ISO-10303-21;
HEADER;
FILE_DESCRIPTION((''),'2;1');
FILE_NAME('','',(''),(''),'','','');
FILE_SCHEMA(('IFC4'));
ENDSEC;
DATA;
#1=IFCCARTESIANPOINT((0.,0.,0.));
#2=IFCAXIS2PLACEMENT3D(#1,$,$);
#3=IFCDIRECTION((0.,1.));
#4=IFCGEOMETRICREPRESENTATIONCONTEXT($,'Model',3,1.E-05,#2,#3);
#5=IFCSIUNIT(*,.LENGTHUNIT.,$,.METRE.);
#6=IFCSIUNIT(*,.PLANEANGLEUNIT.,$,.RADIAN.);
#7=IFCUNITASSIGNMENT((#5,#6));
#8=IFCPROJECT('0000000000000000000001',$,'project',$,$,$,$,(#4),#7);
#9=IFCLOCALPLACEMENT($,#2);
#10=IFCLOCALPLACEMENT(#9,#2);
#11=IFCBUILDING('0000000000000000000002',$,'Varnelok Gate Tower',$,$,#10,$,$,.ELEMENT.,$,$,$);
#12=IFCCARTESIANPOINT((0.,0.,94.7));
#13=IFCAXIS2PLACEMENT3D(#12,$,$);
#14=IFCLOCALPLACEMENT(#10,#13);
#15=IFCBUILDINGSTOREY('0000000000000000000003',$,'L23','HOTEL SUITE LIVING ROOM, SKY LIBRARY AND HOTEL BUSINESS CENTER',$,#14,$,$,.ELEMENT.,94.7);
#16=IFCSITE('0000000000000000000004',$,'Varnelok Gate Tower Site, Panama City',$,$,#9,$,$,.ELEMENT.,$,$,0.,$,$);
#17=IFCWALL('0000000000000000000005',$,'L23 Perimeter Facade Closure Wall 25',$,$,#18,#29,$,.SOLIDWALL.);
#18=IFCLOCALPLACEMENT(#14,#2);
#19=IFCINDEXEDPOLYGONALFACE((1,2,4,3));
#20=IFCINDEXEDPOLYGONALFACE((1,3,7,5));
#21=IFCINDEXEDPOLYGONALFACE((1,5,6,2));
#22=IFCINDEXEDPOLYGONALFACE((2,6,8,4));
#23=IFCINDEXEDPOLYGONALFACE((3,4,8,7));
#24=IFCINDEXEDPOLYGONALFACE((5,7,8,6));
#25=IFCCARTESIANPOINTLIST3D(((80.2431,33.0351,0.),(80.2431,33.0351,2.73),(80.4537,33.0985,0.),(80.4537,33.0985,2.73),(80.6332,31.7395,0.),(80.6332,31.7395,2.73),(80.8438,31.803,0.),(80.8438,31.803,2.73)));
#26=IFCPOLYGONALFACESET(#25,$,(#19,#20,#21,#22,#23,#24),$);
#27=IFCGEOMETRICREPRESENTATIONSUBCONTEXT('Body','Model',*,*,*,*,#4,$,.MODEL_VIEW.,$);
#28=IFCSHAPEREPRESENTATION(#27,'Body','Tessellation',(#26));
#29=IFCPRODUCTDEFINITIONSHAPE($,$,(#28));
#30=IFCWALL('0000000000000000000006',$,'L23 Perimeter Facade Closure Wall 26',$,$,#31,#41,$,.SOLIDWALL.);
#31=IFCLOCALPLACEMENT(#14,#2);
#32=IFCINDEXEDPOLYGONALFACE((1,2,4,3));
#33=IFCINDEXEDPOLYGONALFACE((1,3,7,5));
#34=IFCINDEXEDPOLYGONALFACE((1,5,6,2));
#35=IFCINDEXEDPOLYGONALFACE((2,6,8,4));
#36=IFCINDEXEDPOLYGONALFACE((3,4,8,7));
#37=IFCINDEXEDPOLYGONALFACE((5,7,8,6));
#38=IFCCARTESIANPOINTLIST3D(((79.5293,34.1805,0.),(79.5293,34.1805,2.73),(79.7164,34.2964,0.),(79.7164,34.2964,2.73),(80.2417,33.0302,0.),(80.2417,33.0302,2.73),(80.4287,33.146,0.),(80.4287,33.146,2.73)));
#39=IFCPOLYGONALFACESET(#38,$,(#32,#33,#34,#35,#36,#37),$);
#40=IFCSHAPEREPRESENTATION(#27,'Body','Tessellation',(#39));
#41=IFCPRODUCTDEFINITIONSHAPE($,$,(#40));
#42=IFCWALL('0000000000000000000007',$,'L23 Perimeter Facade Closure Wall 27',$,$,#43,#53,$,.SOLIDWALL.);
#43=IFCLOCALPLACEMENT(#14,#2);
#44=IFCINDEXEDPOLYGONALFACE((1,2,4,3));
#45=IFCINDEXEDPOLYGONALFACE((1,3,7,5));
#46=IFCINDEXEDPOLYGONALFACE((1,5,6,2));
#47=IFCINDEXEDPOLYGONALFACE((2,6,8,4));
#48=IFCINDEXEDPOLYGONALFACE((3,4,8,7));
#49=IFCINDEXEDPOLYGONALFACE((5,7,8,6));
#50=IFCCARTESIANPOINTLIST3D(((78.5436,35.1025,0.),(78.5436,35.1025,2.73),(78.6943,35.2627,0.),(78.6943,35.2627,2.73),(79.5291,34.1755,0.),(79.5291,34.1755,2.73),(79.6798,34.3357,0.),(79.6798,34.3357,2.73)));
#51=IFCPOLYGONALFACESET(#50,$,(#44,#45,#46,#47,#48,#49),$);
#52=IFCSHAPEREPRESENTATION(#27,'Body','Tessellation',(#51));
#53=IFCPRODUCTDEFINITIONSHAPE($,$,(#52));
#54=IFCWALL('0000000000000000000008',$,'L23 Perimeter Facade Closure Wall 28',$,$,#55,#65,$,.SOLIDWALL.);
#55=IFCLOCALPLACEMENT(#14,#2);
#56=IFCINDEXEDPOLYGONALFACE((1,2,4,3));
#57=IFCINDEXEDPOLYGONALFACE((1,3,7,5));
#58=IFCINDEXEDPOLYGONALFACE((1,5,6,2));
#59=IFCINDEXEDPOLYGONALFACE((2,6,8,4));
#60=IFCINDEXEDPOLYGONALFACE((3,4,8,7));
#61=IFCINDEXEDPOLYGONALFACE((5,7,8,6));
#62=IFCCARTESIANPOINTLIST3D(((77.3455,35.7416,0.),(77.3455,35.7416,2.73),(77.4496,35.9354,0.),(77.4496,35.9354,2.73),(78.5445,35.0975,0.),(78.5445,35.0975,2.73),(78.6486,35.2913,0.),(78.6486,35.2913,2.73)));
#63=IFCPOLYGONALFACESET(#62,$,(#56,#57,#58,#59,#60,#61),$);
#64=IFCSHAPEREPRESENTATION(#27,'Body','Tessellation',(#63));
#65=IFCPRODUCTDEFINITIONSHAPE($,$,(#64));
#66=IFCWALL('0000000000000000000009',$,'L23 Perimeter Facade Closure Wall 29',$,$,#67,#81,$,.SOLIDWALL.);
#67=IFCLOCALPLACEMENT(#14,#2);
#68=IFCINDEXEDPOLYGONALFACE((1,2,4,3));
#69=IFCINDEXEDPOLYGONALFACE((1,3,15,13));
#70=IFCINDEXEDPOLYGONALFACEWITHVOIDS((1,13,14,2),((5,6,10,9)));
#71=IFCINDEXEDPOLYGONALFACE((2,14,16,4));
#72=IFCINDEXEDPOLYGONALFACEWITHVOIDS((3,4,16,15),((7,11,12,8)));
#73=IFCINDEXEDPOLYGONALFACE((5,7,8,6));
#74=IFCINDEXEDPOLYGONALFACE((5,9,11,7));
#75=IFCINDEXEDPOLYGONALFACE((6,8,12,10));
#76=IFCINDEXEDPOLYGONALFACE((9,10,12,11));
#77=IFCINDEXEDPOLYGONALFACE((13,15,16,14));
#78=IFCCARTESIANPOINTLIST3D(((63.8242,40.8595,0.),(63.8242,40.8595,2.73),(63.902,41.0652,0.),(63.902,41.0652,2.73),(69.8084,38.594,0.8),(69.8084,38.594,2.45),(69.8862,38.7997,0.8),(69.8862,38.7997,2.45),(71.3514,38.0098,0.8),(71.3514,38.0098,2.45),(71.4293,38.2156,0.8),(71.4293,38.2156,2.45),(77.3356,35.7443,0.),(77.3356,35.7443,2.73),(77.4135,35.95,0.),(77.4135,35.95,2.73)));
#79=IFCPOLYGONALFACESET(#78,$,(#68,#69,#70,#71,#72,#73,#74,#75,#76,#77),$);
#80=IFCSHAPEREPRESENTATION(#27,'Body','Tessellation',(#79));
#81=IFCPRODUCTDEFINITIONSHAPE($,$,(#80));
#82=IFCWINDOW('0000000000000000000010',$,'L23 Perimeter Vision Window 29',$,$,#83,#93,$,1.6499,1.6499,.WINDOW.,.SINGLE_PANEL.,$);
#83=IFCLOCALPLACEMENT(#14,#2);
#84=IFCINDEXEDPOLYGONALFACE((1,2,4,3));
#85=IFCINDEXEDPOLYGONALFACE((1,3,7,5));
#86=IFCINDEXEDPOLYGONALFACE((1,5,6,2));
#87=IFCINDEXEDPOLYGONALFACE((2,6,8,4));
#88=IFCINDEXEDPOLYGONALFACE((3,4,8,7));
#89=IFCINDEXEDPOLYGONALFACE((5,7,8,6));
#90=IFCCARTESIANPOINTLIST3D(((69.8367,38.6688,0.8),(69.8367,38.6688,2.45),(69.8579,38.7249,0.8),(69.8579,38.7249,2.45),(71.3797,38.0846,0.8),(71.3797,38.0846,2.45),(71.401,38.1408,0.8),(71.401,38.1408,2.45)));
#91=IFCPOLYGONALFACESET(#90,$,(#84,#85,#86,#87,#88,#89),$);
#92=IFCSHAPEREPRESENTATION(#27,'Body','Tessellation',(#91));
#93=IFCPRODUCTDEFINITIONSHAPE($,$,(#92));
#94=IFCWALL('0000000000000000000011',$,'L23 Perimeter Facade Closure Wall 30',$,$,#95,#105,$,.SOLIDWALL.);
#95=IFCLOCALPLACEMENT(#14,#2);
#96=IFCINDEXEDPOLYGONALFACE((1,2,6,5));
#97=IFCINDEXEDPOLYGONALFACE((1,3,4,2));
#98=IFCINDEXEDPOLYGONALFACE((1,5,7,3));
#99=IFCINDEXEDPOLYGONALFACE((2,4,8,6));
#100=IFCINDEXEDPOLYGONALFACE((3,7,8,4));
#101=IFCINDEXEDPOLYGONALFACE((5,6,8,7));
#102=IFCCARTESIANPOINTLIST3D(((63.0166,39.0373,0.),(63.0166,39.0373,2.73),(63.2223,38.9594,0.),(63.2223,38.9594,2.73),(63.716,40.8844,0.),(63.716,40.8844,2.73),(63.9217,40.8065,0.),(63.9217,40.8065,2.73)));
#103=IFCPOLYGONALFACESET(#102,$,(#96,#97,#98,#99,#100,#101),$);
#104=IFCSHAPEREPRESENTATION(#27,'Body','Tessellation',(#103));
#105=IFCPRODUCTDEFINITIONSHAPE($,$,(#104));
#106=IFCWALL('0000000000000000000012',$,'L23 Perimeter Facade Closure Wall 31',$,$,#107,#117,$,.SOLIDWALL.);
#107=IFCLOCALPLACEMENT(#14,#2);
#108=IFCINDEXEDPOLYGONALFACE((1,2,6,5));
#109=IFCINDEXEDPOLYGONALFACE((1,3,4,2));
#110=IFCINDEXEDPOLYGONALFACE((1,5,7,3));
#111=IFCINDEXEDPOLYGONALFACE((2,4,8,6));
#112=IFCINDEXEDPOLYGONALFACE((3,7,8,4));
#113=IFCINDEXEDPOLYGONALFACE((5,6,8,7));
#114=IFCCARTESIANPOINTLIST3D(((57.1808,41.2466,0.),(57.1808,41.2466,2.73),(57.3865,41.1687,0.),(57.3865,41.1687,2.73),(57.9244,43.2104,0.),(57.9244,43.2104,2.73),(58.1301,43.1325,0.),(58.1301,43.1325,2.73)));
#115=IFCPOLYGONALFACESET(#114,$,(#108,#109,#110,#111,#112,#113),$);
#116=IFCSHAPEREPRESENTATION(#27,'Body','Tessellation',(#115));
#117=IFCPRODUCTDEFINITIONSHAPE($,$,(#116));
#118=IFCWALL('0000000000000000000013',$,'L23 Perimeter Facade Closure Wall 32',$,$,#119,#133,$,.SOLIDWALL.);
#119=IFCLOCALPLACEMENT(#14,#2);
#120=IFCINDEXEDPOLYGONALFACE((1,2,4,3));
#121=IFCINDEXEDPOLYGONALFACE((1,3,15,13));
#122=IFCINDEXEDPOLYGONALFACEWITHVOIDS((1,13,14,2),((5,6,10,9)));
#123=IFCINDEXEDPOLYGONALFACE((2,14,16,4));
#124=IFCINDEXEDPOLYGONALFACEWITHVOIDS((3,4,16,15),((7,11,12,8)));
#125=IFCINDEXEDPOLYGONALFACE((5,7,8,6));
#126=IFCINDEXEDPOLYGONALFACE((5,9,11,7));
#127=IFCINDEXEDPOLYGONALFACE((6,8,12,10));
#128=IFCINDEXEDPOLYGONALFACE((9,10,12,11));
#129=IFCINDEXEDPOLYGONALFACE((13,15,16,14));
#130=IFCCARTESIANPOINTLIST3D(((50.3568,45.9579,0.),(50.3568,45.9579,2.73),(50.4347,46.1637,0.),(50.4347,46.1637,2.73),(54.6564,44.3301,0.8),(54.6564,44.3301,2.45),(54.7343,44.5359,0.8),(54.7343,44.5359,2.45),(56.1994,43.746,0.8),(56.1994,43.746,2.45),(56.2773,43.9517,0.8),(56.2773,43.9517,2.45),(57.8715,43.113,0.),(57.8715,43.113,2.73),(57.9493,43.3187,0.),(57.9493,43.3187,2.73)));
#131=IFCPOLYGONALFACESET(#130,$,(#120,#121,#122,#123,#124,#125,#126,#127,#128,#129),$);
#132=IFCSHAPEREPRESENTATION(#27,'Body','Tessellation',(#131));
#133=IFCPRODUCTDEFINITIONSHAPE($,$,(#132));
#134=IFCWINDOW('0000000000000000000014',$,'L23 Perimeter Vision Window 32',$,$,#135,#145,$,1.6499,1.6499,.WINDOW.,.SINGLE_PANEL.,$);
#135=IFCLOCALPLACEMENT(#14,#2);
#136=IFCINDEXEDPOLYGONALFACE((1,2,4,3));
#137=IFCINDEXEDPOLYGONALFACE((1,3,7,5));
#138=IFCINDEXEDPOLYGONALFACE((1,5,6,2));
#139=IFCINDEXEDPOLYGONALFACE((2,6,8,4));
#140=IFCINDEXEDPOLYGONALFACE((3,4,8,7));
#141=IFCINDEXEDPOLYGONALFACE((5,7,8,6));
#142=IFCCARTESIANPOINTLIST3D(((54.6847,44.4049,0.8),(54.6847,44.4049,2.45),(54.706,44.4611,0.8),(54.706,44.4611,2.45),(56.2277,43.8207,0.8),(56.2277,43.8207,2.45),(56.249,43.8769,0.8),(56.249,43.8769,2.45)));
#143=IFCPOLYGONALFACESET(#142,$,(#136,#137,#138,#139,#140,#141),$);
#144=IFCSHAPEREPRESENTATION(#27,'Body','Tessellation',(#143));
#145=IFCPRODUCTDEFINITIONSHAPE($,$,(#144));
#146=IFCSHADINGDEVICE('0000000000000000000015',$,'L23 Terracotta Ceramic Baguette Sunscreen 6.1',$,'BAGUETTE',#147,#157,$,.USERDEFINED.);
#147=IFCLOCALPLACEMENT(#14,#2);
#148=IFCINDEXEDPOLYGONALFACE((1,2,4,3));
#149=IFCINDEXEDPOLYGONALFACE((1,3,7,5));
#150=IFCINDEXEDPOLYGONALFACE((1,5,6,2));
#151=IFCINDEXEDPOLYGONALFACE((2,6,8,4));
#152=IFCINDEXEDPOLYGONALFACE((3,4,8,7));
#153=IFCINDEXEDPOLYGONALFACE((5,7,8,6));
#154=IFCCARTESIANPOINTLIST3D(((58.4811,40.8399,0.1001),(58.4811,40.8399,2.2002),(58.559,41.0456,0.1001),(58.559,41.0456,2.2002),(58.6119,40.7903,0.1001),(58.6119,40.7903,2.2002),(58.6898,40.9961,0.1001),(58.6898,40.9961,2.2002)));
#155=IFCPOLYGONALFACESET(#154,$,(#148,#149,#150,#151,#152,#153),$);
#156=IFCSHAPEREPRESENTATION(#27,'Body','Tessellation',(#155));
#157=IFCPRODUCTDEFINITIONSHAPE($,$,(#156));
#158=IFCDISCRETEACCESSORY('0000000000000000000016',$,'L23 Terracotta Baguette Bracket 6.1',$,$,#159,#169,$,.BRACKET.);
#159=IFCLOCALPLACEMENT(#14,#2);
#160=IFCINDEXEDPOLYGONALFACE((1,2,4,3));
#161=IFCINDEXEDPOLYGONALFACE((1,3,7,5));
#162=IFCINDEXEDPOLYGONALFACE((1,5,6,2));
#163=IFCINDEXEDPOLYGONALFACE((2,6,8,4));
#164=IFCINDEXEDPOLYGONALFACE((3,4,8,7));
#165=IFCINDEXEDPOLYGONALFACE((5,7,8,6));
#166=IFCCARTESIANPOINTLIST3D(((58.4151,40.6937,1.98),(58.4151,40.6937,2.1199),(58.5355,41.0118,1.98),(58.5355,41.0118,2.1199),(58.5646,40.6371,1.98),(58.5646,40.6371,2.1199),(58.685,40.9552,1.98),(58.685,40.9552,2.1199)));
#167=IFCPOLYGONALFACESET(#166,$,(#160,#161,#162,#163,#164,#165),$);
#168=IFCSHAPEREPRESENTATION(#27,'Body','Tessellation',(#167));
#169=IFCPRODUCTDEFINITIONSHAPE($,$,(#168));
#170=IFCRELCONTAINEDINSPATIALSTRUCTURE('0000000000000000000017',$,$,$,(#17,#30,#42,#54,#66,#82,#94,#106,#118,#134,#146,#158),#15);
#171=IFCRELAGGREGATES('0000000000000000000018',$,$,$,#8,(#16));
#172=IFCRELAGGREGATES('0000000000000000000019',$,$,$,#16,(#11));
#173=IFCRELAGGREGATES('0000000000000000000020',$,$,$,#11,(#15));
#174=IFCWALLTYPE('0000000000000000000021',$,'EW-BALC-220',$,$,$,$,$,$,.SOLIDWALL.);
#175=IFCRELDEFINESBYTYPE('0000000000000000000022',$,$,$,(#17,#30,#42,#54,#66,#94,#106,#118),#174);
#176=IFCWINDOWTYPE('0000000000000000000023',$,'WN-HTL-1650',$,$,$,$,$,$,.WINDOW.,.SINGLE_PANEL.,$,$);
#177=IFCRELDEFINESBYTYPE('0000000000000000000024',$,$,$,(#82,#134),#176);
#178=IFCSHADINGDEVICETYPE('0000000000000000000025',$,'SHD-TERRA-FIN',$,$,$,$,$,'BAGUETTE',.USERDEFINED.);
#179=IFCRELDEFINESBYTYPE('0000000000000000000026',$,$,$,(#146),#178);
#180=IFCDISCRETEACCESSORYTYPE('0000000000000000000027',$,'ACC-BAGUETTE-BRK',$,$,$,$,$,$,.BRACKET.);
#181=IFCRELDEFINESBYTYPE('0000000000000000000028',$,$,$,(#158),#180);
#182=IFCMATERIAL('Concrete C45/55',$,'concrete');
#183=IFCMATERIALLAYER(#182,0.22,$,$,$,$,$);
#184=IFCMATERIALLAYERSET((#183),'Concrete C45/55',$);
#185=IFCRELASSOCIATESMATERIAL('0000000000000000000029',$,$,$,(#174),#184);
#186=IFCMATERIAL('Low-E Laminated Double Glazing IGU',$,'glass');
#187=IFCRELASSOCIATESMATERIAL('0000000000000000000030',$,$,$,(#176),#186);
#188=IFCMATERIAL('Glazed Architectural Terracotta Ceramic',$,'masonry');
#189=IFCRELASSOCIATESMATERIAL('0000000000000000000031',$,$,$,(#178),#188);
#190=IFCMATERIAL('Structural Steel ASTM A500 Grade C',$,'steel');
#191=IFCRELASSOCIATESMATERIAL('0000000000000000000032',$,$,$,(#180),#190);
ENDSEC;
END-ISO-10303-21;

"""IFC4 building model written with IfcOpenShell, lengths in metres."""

from ifc_helpers import new_model, si_unit, direction, frame, frame_2d, origin, origin_2d, place, context, subcontext, project, spatial, rectangle, extrude, source, transform, mapped, material, layer, layer_set, type_object, element, fill, save


model = new_model("IFC4")

# Units and contexts
model_context = context("Model", 3, precision=1e-05, world=origin(), true_north=direction((0.0, 1.0)))
body_context = subcontext(model_context, "Body", "Model", "MODEL_VIEW")
ifc_project = project(units=[si_unit("LENGTHUNIT", "METRE"), si_unit("PLANEANGLEUNIT", "RADIAN")], contexts=[model_context])

# Site, building, storey
site_placement = place(None, origin())
site = spatial("IfcSite", under=ifc_project, at=site_placement, Name="Varnelok Gate Tower Site, Panama City", CompositionType="ELEMENT", RefElevation=0.0)
building_placement = place(site_placement, origin())
building = spatial("IfcBuilding", under=site, at=building_placement, Name="Varnelok Gate Tower", CompositionType="ELEMENT")
storey_placement = place(building_placement, frame((0.0, 0.0, 94.7)))
storey = spatial("IfcBuildingStorey", under=building, at=storey_placement, Name="L23", Description="HOTEL SUITE LIVING ROOM, SKY LIBRARY AND HOTEL BUSINESS CENTER", CompositionType="ELEMENT", Elevation=94.7)

# Shared definitions
ifc_material_1 = material(Name="Concrete C45/55", Category="concrete")
ifc_layer_1 = layer(ifc_material_1, 0.22)
ifc_layer_set_1 = layer_set([ifc_layer_1], Name="Concrete C45/55")
wall_type = type_object("IfcWallType", Name="EW-BALC-220", PredefinedType="SOLIDWALL", material=ifc_layer_set_1)

# Walls
for number, where, z_axis, x_axis, name in (
    (1, (80.7385, 31.7712, 0.0), (0.0, 0.0, 1.0), (-0.288324, 0.957533, 0.0), "L23 Perimeter Facade Closure Wall 25"),
    (2, (80.3352, 33.0881, 0.0), (0.0, 0.0, 1.0), (-0.526491, 0.850181, 0.0), "L23 Perimeter Facade Closure Wall 26"),
    (3, (79.6045, 34.2556, 0.0), (0.0, 0.0, 1.0), (-0.728428, 0.685123, 0.0), "L23 Perimeter Facade Closure Wall 27"),
):
    element("IfcWall", number, at=place(storey_placement, frame(where, z_axis=z_axis, x_axis=x_axis)), inside=storey, type_object=wall_type, Name=name, PredefinedType="SOLIDWALL", context=body_context, shape_type="SweptSolid", body=[
        extrude(rectangle(XDim=1.353, YDim=0.22, at=frame_2d((0.6765, 0.0))), origin(), (0.0, 0.0, 1.0), 2.73),
    ])
wall_1_placement = place(storey_placement, frame((78.5967, 35.1943, 0.0), z_axis=(0.0, 0.0, 1.0), x_axis=(-0.880949, 0.473212, 0.0)))
element("IfcWall", 4, at=wall_1_placement, inside=storey, type_object=wall_type, Name="L23 Perimeter Facade Closure Wall 28", PredefinedType="SOLIDWALL", context=body_context, shape_type="SweptSolid", body=[
    extrude(rectangle(XDim=1.3611, YDim=0.22, at=frame_2d((0.6807, 0.0))), origin(), (0.0, 0.0, 1.0), 2.73),
])

# Wall, opening, window
wall_2_placement = place(storey_placement, frame((77.3745, 35.8472, 0.0), z_axis=(0.0, 0.0, 1.0), x_axis=(-0.935222, 0.354061, 0.0)))
wall_2 = element("IfcWall", 5, at=wall_2_placement, inside=storey, type_object=wall_type, Name="L23 Perimeter Facade Closure Wall 29", PredefinedType="SOLIDWALL", context=body_context, shape_type="SweptSolid", body=[
    extrude(rectangle(XDim=14.4473, YDim=0.22, at=frame_2d((7.2236, 0.0))), origin(), (0.0, 0.0, 1.0), 2.73),
])
opening_1_placement = place(wall_2_placement, frame((6.3987, 0.0, 0.8)))
opening_1 = element("IfcOpeningElement", 6, at=opening_1_placement, cuts=wall_2, PredefinedType="OPENING", context=body_context, shape_type="SweptSolid", body=[
    extrude(rectangle(XDim=1.6499, YDim=1.6499, at=frame_2d((0.825, 0.825))), frame((0.0, 0.1199, 0.0), z_axis=(0.0, -1.0, 0.0), x_axis=(1.0, 0.0, 0.0)), (0.0, 0.0, 1.0), 0.24),
])
ifc_material_2 = material(Name="Low-E Laminated Double Glazing IGU", Category="glass")
window_type = type_object("IfcWindowType", Name="WN-HTL-1650", PartitioningType="SINGLE_PANEL", PredefinedType="WINDOW", material=ifc_material_2)
window_1_placement = place(opening_1_placement, origin())
window_1 = element("IfcWindow", 7, at=window_1_placement, inside=storey, type_object=window_type, Name="L23 Perimeter Vision Window 29", OverallHeight=1.6499, OverallWidth=1.6499, PartitioningType="SINGLE_PANEL", PredefinedType="WINDOW", context=body_context, shape_type="SweptSolid", body=[
    extrude(rectangle(XDim=1.6499, YDim=1.6499, at=frame_2d((0.825, 0.825))), frame((0.0, 0.03, 0.0), z_axis=(0.0, -1.0, 0.0), x_axis=(1.0, 0.0, 0.0)), (0.0, 0.0, 1.0), 0.0601),
])
fill(opening_1, window_1)

# Walls
wall_3_placement = place(storey_placement, frame((63.8188, 40.8455, 0.0), z_axis=(0.0, 0.0, 1.0), x_axis=(-0.354129, -0.935197, 0.0)))
element("IfcWall", 8, at=wall_3_placement, inside=storey, type_object=wall_type, Name="L23 Perimeter Facade Closure Wall 30", PredefinedType="SOLIDWALL", context=body_context, shape_type="SweptSolid", body=[
    extrude(rectangle(XDim=1.9751, YDim=0.22, at=frame_2d((0.9875, 0.0))), origin(), (0.0, 0.0, 1.0), 2.73),
])
wall_4_placement = place(storey_placement, frame((57.2837, 41.2078, 0.0), z_axis=(0.0, 0.0, 1.0), x_axis=(0.354128, 0.935197, 0.0)))
element("IfcWall", 9, at=wall_4_placement, inside=storey, type_object=wall_type, Name="L23 Perimeter Facade Closure Wall 31", PredefinedType="SOLIDWALL", context=body_context, shape_type="SweptSolid", body=[
    extrude(rectangle(XDim=2.0999, YDim=0.22, at=frame_2d((1.0498, 0.0))), origin(), (0.0, 0.0, 1.0), 2.73),
])

# Wall, opening, window
wall_5_placement = place(storey_placement, frame((57.9104, 43.2158, 0.0), z_axis=(0.0, 0.0, 1.0), x_axis=(-0.935221, 0.354065, 0.0)))
wall_5 = element("IfcWall", 10, at=wall_5_placement, inside=storey, type_object=wall_type, Name="L23 Perimeter Facade Closure Wall 32", PredefinedType="SOLIDWALL", context=body_context, shape_type="SweptSolid", body=[
    extrude(rectangle(XDim=8.0352, YDim=0.22, at=frame_2d((4.0176, 0.0))), origin(), (0.0, 0.0, 1.0), 2.73),
])
opening_2_placement = place(wall_5_placement, frame((1.7878, 0.0, 0.8)))
opening_2 = element("IfcOpeningElement", 11, at=opening_2_placement, cuts=wall_5, PredefinedType="OPENING", context=body_context, shape_type="SweptSolid", body=[
    extrude(rectangle(XDim=1.6499, YDim=1.6499, at=frame_2d((0.825, 0.825))), frame((0.0, 0.1199, 0.0), z_axis=(0.0, -1.0, 0.0), x_axis=(1.0, 0.0, 0.0)), (0.0, 0.0, 1.0), 0.24),
])
window_2_placement = place(opening_2_placement, origin())
window_2 = element("IfcWindow", 12, at=window_2_placement, inside=storey, type_object=window_type, Name="L23 Perimeter Vision Window 32", OverallHeight=1.6499, OverallWidth=1.6499, PartitioningType="SINGLE_PANEL", PredefinedType="WINDOW", context=body_context, shape_type="SweptSolid", body=[
    extrude(rectangle(XDim=1.6499, YDim=1.6499, at=frame_2d((0.825, 0.825))), frame((0.0, 0.03, 0.0), z_axis=(0.0, -1.0, 0.0), x_axis=(1.0, 0.0, 0.0)), (0.0, 0.0, 1.0), 0.0601),
])
fill(opening_2, window_2)

# Shading device
ifc_material_3 = material(Name="Glazed Architectural Terracotta Ceramic", Category="masonry")
shading_device_type = type_object("IfcShadingDeviceType", Name="SHD-TERRA-FIN", ElementType="BAGUETTE", PredefinedType="USERDEFINED", material=ifc_material_3)
shared_shape_1 = source(origin(), body_context, "Body", "SweptSolid", [
    extrude(rectangle(XDim=0.1399, YDim=0.22, at=origin_2d()), origin(), (0.0, 0.0, 1.0), 2.1001),
])
shading_device_placement = place(storey_placement, frame((58.5854, 40.918, 0.1001), z_axis=(0.0, 0.0, 1.0), x_axis=(0.935222, -0.354063, 0.0)))
element("IfcShadingDevice", 13, at=shading_device_placement, inside=storey, type_object=shading_device_type, Name="L23 Terracotta Ceramic Baguette Sunscreen 6.1", ObjectType="BAGUETTE", PredefinedType="USERDEFINED", context=body_context, shape_type="MappedRepresentation", body=[
    mapped(shared_shape_1, transform((0.0, 0.0, 0.0), scale=1.0)),
])

# Discrete accessory
ifc_material_4 = material(Name="Structural Steel ASTM A500 Grade C", Category="steel")
discrete_accessory_type = type_object("IfcDiscreteAccessoryType", Name="ACC-BAGUETTE-BRK", PredefinedType="BRACKET", material=ifc_material_4)
shared_shape_2 = source(origin(), body_context, "Body", "SweptSolid", [
    extrude(rectangle(XDim=0.1599, YDim=0.3401, at=origin_2d()), origin(), (0.0, 0.0, 1.0), 0.1399),
])
discrete_accessory_placement = place(storey_placement, frame((58.55, 40.8245, 1.98), z_axis=(0.0, 0.0, 1.0), x_axis=(0.935222, -0.354063, 0.0)))
element("IfcDiscreteAccessory", 14, at=discrete_accessory_placement, inside=storey, type_object=discrete_accessory_type, Name="L23 Terracotta Baguette Bracket 6.1", PredefinedType="BRACKET", context=body_context, shape_type="MappedRepresentation", body=[
    mapped(shared_shape_2, transform((0.0, 0.0, 0.0), scale=1.0)),
])

save(model, "model.ifc")
